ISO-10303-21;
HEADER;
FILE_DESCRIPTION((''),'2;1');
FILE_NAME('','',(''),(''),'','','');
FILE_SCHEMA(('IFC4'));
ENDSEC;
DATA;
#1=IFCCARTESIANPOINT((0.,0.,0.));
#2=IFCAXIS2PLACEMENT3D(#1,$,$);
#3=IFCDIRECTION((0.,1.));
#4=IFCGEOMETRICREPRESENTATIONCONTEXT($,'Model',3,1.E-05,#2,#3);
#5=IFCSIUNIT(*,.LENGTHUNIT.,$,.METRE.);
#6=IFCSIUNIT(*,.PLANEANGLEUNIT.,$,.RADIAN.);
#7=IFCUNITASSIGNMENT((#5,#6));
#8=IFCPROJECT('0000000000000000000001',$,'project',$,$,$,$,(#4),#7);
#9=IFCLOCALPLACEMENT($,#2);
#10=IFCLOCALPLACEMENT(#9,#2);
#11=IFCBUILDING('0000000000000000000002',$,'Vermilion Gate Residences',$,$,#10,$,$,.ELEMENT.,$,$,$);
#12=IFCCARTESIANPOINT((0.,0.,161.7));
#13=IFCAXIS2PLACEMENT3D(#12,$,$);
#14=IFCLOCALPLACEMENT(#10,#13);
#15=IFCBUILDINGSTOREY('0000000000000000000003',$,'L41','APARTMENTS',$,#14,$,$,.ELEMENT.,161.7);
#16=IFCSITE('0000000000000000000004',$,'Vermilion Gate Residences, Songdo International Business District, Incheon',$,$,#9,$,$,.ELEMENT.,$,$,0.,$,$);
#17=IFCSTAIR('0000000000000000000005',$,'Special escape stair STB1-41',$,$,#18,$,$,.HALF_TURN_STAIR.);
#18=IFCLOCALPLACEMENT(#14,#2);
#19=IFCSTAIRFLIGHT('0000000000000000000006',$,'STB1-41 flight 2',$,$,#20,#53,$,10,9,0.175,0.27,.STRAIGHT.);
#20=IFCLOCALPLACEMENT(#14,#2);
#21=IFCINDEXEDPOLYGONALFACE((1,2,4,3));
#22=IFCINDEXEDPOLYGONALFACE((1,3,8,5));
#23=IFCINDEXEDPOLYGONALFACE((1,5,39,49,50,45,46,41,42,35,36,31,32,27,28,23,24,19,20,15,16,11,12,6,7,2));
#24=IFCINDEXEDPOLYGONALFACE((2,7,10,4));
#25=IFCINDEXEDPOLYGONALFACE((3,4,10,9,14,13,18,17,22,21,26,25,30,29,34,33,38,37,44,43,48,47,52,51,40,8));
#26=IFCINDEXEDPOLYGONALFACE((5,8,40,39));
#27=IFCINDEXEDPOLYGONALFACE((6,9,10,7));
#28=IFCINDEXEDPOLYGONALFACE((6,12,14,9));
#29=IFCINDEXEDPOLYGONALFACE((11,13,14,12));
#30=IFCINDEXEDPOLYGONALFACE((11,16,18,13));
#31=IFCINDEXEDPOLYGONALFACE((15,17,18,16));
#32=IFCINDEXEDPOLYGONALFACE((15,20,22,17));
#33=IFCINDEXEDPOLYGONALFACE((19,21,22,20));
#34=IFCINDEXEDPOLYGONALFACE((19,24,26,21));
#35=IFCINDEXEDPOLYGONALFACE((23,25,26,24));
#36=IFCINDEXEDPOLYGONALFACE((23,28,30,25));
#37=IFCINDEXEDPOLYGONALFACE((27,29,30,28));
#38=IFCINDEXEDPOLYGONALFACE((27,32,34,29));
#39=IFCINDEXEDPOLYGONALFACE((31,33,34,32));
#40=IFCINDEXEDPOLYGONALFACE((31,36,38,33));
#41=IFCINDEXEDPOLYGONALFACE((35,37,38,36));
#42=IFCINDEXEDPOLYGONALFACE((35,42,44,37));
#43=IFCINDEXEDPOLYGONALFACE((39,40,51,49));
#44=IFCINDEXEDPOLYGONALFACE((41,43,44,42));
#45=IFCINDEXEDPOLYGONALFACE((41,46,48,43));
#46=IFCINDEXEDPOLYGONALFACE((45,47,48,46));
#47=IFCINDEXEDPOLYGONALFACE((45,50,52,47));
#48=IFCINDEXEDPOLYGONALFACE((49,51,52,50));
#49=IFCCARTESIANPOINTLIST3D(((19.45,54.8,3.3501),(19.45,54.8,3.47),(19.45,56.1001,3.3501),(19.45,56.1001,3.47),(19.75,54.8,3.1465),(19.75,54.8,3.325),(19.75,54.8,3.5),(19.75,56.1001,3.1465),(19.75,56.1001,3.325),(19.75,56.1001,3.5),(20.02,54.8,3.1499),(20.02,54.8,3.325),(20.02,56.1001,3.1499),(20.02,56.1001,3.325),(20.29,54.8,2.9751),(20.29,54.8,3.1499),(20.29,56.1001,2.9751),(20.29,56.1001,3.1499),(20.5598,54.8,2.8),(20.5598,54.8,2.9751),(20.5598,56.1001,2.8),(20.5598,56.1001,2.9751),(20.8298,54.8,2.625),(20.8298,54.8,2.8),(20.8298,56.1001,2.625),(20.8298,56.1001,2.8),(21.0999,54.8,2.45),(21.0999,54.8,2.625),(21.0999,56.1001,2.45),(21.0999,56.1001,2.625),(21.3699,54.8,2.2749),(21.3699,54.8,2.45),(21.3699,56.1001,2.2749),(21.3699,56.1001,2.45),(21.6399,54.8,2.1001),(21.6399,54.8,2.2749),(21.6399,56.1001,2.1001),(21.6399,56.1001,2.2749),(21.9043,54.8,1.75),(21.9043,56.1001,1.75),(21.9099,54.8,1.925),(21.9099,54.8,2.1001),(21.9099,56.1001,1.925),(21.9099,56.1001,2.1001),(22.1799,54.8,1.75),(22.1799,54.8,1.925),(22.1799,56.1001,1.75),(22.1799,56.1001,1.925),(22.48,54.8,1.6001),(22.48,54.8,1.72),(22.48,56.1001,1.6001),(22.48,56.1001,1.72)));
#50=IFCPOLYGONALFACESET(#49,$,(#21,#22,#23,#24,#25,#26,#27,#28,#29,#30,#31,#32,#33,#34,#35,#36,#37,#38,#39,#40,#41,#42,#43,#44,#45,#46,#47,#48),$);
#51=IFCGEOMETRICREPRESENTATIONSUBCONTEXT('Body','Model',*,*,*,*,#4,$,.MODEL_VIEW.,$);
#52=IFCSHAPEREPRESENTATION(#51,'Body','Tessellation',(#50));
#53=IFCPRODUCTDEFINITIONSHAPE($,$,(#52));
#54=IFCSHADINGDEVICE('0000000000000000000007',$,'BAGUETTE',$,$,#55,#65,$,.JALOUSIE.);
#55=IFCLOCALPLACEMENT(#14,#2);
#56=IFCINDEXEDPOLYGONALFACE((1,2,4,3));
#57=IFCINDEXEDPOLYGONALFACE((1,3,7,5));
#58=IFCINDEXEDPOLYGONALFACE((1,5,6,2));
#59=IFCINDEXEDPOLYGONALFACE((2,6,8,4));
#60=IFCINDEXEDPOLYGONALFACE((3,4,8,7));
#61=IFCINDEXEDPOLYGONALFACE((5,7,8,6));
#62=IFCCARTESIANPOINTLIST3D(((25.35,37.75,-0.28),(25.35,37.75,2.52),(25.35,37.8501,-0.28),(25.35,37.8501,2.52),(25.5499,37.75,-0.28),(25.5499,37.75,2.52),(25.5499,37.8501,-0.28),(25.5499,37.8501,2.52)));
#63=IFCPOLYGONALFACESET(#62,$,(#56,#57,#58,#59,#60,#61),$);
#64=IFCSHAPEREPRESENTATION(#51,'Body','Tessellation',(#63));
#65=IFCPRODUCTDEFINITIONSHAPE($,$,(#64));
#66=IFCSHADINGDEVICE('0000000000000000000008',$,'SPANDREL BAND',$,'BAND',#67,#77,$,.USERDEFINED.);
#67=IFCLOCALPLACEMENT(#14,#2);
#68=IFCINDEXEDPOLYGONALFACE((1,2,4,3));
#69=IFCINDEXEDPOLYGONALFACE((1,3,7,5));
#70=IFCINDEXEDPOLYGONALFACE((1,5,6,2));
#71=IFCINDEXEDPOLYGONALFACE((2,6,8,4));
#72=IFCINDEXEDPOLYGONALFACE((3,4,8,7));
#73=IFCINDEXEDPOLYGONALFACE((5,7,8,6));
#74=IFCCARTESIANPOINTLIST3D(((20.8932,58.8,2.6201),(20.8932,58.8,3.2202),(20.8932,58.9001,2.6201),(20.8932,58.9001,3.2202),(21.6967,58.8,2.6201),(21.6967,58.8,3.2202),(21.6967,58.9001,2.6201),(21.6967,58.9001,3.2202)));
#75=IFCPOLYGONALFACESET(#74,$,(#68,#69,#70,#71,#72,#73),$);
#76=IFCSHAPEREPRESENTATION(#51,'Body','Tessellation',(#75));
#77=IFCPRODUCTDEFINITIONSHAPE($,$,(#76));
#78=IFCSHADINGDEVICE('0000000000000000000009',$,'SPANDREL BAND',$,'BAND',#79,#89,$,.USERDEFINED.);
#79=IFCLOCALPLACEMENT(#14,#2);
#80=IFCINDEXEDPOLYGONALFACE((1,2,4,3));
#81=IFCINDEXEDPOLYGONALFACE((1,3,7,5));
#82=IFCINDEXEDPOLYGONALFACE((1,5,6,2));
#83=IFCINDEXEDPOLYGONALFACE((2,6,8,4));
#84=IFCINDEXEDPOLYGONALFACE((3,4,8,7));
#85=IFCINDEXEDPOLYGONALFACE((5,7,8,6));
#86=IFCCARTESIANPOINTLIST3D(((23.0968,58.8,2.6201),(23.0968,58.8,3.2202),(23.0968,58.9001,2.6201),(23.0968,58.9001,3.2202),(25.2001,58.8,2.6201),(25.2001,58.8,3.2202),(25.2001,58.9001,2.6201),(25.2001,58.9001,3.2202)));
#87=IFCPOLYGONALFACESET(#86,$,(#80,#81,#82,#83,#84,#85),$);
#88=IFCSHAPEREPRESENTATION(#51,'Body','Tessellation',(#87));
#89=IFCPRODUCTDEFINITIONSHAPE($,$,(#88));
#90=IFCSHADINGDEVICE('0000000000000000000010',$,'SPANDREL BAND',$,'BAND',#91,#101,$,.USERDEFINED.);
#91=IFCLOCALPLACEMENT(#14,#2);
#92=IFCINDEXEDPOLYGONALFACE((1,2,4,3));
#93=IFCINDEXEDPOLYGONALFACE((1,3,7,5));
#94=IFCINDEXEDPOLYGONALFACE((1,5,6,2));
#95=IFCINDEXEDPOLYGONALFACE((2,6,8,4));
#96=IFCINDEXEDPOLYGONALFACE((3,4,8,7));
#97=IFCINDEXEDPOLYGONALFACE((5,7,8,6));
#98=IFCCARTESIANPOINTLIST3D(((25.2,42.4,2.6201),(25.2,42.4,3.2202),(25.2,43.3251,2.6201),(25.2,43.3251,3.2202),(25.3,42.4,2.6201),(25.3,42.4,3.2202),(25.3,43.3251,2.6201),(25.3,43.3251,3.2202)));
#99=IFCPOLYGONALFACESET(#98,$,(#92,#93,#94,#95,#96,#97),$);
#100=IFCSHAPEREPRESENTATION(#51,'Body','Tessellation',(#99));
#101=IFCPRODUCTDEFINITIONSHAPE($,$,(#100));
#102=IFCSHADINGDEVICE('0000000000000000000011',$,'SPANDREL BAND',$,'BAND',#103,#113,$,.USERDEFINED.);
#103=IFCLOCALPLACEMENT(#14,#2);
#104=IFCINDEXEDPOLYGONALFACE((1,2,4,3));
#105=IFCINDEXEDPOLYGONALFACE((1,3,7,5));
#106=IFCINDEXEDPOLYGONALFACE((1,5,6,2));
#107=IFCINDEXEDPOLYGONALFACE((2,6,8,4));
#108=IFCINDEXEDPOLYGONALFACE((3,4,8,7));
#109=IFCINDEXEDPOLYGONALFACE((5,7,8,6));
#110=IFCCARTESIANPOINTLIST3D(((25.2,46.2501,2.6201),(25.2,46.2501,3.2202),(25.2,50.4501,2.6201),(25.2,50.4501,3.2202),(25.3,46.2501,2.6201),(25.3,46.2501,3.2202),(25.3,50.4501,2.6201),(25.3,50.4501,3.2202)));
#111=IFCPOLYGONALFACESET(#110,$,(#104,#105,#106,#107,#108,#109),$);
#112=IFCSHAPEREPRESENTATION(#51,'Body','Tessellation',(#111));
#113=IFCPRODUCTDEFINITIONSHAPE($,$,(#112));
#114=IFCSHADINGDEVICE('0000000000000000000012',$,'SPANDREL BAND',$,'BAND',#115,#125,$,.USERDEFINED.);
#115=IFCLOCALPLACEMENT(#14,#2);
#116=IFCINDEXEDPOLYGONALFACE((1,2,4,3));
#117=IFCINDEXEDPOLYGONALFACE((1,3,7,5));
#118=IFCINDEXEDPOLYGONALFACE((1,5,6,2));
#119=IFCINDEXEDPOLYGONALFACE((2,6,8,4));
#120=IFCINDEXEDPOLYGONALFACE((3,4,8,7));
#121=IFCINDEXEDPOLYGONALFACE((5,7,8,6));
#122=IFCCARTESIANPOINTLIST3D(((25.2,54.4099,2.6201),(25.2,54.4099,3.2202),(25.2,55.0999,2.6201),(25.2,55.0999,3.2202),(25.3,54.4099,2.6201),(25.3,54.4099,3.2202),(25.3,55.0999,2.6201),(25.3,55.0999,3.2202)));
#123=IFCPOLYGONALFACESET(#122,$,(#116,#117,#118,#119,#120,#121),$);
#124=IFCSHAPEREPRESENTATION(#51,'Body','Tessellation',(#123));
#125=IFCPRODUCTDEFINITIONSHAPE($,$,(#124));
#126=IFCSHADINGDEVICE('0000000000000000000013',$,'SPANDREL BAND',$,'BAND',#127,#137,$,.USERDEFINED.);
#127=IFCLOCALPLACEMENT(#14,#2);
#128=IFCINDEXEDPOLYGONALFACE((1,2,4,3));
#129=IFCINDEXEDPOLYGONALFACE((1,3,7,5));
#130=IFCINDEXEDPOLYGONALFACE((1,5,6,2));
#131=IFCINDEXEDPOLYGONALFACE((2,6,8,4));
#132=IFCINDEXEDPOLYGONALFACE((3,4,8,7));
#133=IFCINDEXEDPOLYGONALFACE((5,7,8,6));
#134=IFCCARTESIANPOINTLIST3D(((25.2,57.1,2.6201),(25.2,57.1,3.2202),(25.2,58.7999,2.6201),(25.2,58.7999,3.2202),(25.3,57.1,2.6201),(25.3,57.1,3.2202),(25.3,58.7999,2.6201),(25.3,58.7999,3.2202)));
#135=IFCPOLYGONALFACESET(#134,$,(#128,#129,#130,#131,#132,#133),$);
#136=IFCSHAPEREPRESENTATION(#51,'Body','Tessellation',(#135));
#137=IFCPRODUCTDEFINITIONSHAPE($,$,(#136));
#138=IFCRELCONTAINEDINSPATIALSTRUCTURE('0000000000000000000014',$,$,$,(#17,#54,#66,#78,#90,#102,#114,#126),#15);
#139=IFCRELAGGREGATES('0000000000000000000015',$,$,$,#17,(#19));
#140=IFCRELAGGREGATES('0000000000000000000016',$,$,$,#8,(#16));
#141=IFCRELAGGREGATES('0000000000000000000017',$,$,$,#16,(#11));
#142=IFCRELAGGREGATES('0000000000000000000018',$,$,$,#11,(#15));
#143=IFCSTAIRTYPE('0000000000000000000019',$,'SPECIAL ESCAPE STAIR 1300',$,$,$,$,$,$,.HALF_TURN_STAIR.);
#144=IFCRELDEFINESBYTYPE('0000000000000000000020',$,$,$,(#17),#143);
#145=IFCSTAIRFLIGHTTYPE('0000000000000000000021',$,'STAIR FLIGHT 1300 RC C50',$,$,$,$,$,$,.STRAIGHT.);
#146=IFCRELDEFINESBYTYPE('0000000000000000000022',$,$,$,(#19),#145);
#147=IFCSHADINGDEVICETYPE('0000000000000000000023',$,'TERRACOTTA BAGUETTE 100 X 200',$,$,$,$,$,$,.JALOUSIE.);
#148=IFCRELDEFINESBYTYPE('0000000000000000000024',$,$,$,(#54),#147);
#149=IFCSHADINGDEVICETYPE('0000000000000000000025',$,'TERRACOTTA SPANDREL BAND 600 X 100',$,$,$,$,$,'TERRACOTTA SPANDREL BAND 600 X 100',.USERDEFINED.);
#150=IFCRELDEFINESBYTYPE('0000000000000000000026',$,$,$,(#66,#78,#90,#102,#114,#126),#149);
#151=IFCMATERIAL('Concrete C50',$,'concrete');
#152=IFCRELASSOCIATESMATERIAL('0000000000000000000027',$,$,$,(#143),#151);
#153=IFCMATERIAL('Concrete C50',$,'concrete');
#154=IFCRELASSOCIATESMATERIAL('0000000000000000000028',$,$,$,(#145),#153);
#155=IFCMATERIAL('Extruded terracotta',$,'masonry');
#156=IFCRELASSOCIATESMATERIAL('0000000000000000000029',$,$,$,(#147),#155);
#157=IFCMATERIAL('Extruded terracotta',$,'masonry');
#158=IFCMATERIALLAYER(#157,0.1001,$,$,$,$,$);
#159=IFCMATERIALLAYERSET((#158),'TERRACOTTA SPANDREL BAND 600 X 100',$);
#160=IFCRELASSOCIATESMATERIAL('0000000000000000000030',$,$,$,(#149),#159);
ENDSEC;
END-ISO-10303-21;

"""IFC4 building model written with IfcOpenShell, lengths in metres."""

from ifc_helpers import new_model, si_unit, direction, frame, origin, origin_2d, place, context, subcontext, project, spatial, polyline, rectangle, outline, extrude, material, layer, layer_set, material_profile, profile_set, type_object, element, aggregate, save


model = new_model("IFC4")

# Units and contexts
model_context = context("Model", 3, precision=1e-05, world=origin(), true_north=direction((0.0, 1.0)))
body_context = subcontext(model_context, "Body", "Model", "MODEL_VIEW")
ifc_project = project(units=[si_unit("LENGTHUNIT", "METRE"), si_unit("PLANEANGLEUNIT", "RADIAN")], contexts=[model_context])

# Site, building, storey
site_placement = place(None, origin())
site = spatial("IfcSite", under=ifc_project, at=site_placement, Name="Vermilion Gate Residences, Songdo International Business District, Incheon", CompositionType="ELEMENT", RefElevation=0.0)
building_placement = place(site_placement, origin())
building = spatial("IfcBuilding", under=site, at=building_placement, Name="Vermilion Gate Residences", CompositionType="ELEMENT")
storey_placement = place(building_placement, frame((0.0, 0.0, 161.7)))
storey = spatial("IfcBuildingStorey", under=building, at=storey_placement, Name="L41", Description="APARTMENTS", CompositionType="ELEMENT", Elevation=161.7)

# Stair, stair flight
ifc_material_1 = material(Name="Concrete C50", Category="concrete")
stair_type = type_object("IfcStairType", Name="SPECIAL ESCAPE STAIR 1300", PredefinedType="HALF_TURN_STAIR", material=ifc_material_1)
stair_placement = place(storey_placement, origin())
stair = element("IfcStair", 1, at=stair_placement, inside=storey, type_object=stair_type, Name="Special escape stair STB1-41", PredefinedType="HALF_TURN_STAIR")
ifc_material_2 = material(Name="Concrete C50", Category="concrete")
stair_flight_type = type_object("IfcStairFlightType", Name="STAIR FLIGHT 1300 RC C50", PredefinedType="STRAIGHT", material=ifc_material_2)
stair_flight_placement = place(storey_placement, frame((22.1799, 55.45, 1.75), z_axis=(0.0, 0.0, 1.0), x_axis=(-1.0, 0.0, 0.0)))
stair_flight = element("IfcStairFlight", 2, at=stair_flight_placement, type_object=stair_flight_type, Name="STB1-41 flight 2", NumberOfRisers=10, NumberOfTreads=9, PredefinedType="STRAIGHT", RiserHeight=0.175, TreadLength=0.27, context=body_context, shape_type="SweptSolid", body=[
    extrude(outline(polyline([(-0.3, -0.1499), (-0.3, -0.03), (0.0, 0.0), (0.0, 0.175), (0.27, 0.175), (0.27, 0.3501), (0.54, 0.3501), (0.54, 0.5249), (0.8101, 0.5249), (0.8101, 0.7), (1.0801, 0.7), (1.0801, 0.875), (1.3501, 0.875), (1.3501, 1.05), (1.6201, 1.05), (1.6201, 1.2251), (1.8899, 1.2251), (1.8899, 1.3999), (2.1599, 1.3999), (2.1599, 1.575), (2.4299, 1.575), (2.4299, 1.75), (2.73, 1.72), (2.73, 1.6001), (2.4299, 1.3965), (0.2756, 0.0), (-0.3, -0.1499)])), frame((0.0, 0.6499, 0.0), z_axis=(0.0, -1.0, 0.0), x_axis=(1.0, 0.0, 0.0)), (0.0, 0.0, 1.0), 1.3),
])
aggregate(stair, [stair_flight])

# Shading devices
ifc_material_3 = material(Name="Extruded terracotta", Category="masonry")
ifc_material_profile_1 = material_profile(ifc_material_3, rectangle(XDim=0.2, YDim=0.1001, at=origin_2d()), Name="BAGUETTE 100 X 200")
ifc_profile_set_1 = profile_set([ifc_material_profile_1], Name="Extruded terracotta")
shading_device_type_1 = type_object("IfcShadingDeviceType", Name="TERRACOTTA BAGUETTE 100 X 200", PredefinedType="JALOUSIE", material=ifc_profile_set_1)
shading_device_1_placement = place(storey_placement, frame((25.45, 37.8, -0.28), z_axis=(0.0, 0.0, 1.0), x_axis=(-1.0, 0.0, 0.0)))
element("IfcShadingDevice", 3, at=shading_device_1_placement, inside=storey, type_object=shading_device_type_1, Name="BAGUETTE", PredefinedType="JALOUSIE", context=body_context, shape_type="SweptSolid", body=[
    extrude(rectangle(XDim=0.2, YDim=0.1001, at=origin_2d()), origin(), (0.0, 0.0, 1.0), 2.8),
])
ifc_material_4 = material(Name="Extruded terracotta", Category="masonry")
ifc_layer_1 = layer(ifc_material_4, 0.1001)
ifc_layer_set_1 = layer_set([ifc_layer_1], Name="TERRACOTTA SPANDREL BAND 600 X 100")
shading_device_type_2 = type_object("IfcShadingDeviceType", Name="TERRACOTTA SPANDREL BAND 600 X 100", ElementType="TERRACOTTA SPANDREL BAND 600 X 100", PredefinedType="USERDEFINED", material=ifc_layer_set_1)
shading_device_2_placement = place(storey_placement, frame((21.2949, 58.8501, 2.6201), z_axis=(0.0, 0.0, 1.0), x_axis=(1.0, 0.0, 0.0)))
element("IfcShadingDevice", 4, at=shading_device_2_placement, inside=storey, type_object=shading_device_type_2, Name="SPANDREL BAND", ObjectType="BAND", PredefinedType="USERDEFINED", context=body_context, shape_type="SweptSolid", body=[
    extrude(rectangle(XDim=0.8035, YDim=0.1001, at=origin_2d()), origin(), (0.0, 0.0, 1.0), 0.6001),
])
shading_device_3_placement = place(storey_placement, frame((24.1484, 58.8501, 2.6201), z_axis=(0.0, 0.0, 1.0), x_axis=(1.0, 0.0, 0.0)))
element("IfcShadingDevice", 5, at=shading_device_3_placement, inside=storey, type_object=shading_device_type_2, Name="SPANDREL BAND", ObjectType="BAND", PredefinedType="USERDEFINED", context=body_context, shape_type="SweptSolid", body=[
    extrude(rectangle(XDim=2.1033, YDim=0.1001, at=origin_2d()), origin(), (0.0, 0.0, 1.0), 0.6001),
])
shading_device_4_placement = place(storey_placement, frame((25.25, 42.8625, 2.6201), z_axis=(0.0, 0.0, 1.0), x_axis=(0.0, 1.0, 0.0)))
element("IfcShadingDevice", 6, at=shading_device_4_placement, inside=storey, type_object=shading_device_type_2, Name="SPANDREL BAND", ObjectType="BAND", PredefinedType="USERDEFINED", context=body_context, shape_type="SweptSolid", body=[
    extrude(rectangle(XDim=0.925, YDim=0.1001, at=origin_2d()), origin(), (0.0, 0.0, 1.0), 0.6001),
])
shading_device_5_placement = place(storey_placement, frame((25.25, 48.3501, 2.6201), z_axis=(0.0, 0.0, 1.0), x_axis=(0.0, 1.0, 0.0)))
element("IfcShadingDevice", 7, at=shading_device_5_placement, inside=storey, type_object=shading_device_type_2, Name="SPANDREL BAND", ObjectType="BAND", PredefinedType="USERDEFINED", context=body_context, shape_type="SweptSolid", body=[
    extrude(rectangle(XDim=4.2, YDim=0.1001, at=origin_2d()), origin(), (0.0, 0.0, 1.0), 0.6001),
])
shading_device_6_placement = place(storey_placement, frame((25.25, 54.7549, 2.6201), z_axis=(0.0, 0.0, 1.0), x_axis=(0.0, 1.0, 0.0)))
element("IfcShadingDevice", 8, at=shading_device_6_placement, inside=storey, type_object=shading_device_type_2, Name="SPANDREL BAND", ObjectType="BAND", PredefinedType="USERDEFINED", context=body_context, shape_type="SweptSolid", body=[
    extrude(rectangle(XDim=0.6899, YDim=0.1001, at=origin_2d()), origin(), (0.0, 0.0, 1.0), 0.6001),
])
shading_device_7_placement = place(storey_placement, frame((25.25, 57.95, 2.6201), z_axis=(0.0, 0.0, 1.0), x_axis=(0.0, 1.0, 0.0)))
element("IfcShadingDevice", 9, at=shading_device_7_placement, inside=storey, type_object=shading_device_type_2, Name="SPANDREL BAND", ObjectType="BAND", PredefinedType="USERDEFINED", context=body_context, shape_type="SweptSolid", body=[
    extrude(rectangle(XDim=1.7, YDim=0.1001, at=origin_2d()), origin(), (0.0, 0.0, 1.0), 0.6001),
])

save(model, "model.ifc")
